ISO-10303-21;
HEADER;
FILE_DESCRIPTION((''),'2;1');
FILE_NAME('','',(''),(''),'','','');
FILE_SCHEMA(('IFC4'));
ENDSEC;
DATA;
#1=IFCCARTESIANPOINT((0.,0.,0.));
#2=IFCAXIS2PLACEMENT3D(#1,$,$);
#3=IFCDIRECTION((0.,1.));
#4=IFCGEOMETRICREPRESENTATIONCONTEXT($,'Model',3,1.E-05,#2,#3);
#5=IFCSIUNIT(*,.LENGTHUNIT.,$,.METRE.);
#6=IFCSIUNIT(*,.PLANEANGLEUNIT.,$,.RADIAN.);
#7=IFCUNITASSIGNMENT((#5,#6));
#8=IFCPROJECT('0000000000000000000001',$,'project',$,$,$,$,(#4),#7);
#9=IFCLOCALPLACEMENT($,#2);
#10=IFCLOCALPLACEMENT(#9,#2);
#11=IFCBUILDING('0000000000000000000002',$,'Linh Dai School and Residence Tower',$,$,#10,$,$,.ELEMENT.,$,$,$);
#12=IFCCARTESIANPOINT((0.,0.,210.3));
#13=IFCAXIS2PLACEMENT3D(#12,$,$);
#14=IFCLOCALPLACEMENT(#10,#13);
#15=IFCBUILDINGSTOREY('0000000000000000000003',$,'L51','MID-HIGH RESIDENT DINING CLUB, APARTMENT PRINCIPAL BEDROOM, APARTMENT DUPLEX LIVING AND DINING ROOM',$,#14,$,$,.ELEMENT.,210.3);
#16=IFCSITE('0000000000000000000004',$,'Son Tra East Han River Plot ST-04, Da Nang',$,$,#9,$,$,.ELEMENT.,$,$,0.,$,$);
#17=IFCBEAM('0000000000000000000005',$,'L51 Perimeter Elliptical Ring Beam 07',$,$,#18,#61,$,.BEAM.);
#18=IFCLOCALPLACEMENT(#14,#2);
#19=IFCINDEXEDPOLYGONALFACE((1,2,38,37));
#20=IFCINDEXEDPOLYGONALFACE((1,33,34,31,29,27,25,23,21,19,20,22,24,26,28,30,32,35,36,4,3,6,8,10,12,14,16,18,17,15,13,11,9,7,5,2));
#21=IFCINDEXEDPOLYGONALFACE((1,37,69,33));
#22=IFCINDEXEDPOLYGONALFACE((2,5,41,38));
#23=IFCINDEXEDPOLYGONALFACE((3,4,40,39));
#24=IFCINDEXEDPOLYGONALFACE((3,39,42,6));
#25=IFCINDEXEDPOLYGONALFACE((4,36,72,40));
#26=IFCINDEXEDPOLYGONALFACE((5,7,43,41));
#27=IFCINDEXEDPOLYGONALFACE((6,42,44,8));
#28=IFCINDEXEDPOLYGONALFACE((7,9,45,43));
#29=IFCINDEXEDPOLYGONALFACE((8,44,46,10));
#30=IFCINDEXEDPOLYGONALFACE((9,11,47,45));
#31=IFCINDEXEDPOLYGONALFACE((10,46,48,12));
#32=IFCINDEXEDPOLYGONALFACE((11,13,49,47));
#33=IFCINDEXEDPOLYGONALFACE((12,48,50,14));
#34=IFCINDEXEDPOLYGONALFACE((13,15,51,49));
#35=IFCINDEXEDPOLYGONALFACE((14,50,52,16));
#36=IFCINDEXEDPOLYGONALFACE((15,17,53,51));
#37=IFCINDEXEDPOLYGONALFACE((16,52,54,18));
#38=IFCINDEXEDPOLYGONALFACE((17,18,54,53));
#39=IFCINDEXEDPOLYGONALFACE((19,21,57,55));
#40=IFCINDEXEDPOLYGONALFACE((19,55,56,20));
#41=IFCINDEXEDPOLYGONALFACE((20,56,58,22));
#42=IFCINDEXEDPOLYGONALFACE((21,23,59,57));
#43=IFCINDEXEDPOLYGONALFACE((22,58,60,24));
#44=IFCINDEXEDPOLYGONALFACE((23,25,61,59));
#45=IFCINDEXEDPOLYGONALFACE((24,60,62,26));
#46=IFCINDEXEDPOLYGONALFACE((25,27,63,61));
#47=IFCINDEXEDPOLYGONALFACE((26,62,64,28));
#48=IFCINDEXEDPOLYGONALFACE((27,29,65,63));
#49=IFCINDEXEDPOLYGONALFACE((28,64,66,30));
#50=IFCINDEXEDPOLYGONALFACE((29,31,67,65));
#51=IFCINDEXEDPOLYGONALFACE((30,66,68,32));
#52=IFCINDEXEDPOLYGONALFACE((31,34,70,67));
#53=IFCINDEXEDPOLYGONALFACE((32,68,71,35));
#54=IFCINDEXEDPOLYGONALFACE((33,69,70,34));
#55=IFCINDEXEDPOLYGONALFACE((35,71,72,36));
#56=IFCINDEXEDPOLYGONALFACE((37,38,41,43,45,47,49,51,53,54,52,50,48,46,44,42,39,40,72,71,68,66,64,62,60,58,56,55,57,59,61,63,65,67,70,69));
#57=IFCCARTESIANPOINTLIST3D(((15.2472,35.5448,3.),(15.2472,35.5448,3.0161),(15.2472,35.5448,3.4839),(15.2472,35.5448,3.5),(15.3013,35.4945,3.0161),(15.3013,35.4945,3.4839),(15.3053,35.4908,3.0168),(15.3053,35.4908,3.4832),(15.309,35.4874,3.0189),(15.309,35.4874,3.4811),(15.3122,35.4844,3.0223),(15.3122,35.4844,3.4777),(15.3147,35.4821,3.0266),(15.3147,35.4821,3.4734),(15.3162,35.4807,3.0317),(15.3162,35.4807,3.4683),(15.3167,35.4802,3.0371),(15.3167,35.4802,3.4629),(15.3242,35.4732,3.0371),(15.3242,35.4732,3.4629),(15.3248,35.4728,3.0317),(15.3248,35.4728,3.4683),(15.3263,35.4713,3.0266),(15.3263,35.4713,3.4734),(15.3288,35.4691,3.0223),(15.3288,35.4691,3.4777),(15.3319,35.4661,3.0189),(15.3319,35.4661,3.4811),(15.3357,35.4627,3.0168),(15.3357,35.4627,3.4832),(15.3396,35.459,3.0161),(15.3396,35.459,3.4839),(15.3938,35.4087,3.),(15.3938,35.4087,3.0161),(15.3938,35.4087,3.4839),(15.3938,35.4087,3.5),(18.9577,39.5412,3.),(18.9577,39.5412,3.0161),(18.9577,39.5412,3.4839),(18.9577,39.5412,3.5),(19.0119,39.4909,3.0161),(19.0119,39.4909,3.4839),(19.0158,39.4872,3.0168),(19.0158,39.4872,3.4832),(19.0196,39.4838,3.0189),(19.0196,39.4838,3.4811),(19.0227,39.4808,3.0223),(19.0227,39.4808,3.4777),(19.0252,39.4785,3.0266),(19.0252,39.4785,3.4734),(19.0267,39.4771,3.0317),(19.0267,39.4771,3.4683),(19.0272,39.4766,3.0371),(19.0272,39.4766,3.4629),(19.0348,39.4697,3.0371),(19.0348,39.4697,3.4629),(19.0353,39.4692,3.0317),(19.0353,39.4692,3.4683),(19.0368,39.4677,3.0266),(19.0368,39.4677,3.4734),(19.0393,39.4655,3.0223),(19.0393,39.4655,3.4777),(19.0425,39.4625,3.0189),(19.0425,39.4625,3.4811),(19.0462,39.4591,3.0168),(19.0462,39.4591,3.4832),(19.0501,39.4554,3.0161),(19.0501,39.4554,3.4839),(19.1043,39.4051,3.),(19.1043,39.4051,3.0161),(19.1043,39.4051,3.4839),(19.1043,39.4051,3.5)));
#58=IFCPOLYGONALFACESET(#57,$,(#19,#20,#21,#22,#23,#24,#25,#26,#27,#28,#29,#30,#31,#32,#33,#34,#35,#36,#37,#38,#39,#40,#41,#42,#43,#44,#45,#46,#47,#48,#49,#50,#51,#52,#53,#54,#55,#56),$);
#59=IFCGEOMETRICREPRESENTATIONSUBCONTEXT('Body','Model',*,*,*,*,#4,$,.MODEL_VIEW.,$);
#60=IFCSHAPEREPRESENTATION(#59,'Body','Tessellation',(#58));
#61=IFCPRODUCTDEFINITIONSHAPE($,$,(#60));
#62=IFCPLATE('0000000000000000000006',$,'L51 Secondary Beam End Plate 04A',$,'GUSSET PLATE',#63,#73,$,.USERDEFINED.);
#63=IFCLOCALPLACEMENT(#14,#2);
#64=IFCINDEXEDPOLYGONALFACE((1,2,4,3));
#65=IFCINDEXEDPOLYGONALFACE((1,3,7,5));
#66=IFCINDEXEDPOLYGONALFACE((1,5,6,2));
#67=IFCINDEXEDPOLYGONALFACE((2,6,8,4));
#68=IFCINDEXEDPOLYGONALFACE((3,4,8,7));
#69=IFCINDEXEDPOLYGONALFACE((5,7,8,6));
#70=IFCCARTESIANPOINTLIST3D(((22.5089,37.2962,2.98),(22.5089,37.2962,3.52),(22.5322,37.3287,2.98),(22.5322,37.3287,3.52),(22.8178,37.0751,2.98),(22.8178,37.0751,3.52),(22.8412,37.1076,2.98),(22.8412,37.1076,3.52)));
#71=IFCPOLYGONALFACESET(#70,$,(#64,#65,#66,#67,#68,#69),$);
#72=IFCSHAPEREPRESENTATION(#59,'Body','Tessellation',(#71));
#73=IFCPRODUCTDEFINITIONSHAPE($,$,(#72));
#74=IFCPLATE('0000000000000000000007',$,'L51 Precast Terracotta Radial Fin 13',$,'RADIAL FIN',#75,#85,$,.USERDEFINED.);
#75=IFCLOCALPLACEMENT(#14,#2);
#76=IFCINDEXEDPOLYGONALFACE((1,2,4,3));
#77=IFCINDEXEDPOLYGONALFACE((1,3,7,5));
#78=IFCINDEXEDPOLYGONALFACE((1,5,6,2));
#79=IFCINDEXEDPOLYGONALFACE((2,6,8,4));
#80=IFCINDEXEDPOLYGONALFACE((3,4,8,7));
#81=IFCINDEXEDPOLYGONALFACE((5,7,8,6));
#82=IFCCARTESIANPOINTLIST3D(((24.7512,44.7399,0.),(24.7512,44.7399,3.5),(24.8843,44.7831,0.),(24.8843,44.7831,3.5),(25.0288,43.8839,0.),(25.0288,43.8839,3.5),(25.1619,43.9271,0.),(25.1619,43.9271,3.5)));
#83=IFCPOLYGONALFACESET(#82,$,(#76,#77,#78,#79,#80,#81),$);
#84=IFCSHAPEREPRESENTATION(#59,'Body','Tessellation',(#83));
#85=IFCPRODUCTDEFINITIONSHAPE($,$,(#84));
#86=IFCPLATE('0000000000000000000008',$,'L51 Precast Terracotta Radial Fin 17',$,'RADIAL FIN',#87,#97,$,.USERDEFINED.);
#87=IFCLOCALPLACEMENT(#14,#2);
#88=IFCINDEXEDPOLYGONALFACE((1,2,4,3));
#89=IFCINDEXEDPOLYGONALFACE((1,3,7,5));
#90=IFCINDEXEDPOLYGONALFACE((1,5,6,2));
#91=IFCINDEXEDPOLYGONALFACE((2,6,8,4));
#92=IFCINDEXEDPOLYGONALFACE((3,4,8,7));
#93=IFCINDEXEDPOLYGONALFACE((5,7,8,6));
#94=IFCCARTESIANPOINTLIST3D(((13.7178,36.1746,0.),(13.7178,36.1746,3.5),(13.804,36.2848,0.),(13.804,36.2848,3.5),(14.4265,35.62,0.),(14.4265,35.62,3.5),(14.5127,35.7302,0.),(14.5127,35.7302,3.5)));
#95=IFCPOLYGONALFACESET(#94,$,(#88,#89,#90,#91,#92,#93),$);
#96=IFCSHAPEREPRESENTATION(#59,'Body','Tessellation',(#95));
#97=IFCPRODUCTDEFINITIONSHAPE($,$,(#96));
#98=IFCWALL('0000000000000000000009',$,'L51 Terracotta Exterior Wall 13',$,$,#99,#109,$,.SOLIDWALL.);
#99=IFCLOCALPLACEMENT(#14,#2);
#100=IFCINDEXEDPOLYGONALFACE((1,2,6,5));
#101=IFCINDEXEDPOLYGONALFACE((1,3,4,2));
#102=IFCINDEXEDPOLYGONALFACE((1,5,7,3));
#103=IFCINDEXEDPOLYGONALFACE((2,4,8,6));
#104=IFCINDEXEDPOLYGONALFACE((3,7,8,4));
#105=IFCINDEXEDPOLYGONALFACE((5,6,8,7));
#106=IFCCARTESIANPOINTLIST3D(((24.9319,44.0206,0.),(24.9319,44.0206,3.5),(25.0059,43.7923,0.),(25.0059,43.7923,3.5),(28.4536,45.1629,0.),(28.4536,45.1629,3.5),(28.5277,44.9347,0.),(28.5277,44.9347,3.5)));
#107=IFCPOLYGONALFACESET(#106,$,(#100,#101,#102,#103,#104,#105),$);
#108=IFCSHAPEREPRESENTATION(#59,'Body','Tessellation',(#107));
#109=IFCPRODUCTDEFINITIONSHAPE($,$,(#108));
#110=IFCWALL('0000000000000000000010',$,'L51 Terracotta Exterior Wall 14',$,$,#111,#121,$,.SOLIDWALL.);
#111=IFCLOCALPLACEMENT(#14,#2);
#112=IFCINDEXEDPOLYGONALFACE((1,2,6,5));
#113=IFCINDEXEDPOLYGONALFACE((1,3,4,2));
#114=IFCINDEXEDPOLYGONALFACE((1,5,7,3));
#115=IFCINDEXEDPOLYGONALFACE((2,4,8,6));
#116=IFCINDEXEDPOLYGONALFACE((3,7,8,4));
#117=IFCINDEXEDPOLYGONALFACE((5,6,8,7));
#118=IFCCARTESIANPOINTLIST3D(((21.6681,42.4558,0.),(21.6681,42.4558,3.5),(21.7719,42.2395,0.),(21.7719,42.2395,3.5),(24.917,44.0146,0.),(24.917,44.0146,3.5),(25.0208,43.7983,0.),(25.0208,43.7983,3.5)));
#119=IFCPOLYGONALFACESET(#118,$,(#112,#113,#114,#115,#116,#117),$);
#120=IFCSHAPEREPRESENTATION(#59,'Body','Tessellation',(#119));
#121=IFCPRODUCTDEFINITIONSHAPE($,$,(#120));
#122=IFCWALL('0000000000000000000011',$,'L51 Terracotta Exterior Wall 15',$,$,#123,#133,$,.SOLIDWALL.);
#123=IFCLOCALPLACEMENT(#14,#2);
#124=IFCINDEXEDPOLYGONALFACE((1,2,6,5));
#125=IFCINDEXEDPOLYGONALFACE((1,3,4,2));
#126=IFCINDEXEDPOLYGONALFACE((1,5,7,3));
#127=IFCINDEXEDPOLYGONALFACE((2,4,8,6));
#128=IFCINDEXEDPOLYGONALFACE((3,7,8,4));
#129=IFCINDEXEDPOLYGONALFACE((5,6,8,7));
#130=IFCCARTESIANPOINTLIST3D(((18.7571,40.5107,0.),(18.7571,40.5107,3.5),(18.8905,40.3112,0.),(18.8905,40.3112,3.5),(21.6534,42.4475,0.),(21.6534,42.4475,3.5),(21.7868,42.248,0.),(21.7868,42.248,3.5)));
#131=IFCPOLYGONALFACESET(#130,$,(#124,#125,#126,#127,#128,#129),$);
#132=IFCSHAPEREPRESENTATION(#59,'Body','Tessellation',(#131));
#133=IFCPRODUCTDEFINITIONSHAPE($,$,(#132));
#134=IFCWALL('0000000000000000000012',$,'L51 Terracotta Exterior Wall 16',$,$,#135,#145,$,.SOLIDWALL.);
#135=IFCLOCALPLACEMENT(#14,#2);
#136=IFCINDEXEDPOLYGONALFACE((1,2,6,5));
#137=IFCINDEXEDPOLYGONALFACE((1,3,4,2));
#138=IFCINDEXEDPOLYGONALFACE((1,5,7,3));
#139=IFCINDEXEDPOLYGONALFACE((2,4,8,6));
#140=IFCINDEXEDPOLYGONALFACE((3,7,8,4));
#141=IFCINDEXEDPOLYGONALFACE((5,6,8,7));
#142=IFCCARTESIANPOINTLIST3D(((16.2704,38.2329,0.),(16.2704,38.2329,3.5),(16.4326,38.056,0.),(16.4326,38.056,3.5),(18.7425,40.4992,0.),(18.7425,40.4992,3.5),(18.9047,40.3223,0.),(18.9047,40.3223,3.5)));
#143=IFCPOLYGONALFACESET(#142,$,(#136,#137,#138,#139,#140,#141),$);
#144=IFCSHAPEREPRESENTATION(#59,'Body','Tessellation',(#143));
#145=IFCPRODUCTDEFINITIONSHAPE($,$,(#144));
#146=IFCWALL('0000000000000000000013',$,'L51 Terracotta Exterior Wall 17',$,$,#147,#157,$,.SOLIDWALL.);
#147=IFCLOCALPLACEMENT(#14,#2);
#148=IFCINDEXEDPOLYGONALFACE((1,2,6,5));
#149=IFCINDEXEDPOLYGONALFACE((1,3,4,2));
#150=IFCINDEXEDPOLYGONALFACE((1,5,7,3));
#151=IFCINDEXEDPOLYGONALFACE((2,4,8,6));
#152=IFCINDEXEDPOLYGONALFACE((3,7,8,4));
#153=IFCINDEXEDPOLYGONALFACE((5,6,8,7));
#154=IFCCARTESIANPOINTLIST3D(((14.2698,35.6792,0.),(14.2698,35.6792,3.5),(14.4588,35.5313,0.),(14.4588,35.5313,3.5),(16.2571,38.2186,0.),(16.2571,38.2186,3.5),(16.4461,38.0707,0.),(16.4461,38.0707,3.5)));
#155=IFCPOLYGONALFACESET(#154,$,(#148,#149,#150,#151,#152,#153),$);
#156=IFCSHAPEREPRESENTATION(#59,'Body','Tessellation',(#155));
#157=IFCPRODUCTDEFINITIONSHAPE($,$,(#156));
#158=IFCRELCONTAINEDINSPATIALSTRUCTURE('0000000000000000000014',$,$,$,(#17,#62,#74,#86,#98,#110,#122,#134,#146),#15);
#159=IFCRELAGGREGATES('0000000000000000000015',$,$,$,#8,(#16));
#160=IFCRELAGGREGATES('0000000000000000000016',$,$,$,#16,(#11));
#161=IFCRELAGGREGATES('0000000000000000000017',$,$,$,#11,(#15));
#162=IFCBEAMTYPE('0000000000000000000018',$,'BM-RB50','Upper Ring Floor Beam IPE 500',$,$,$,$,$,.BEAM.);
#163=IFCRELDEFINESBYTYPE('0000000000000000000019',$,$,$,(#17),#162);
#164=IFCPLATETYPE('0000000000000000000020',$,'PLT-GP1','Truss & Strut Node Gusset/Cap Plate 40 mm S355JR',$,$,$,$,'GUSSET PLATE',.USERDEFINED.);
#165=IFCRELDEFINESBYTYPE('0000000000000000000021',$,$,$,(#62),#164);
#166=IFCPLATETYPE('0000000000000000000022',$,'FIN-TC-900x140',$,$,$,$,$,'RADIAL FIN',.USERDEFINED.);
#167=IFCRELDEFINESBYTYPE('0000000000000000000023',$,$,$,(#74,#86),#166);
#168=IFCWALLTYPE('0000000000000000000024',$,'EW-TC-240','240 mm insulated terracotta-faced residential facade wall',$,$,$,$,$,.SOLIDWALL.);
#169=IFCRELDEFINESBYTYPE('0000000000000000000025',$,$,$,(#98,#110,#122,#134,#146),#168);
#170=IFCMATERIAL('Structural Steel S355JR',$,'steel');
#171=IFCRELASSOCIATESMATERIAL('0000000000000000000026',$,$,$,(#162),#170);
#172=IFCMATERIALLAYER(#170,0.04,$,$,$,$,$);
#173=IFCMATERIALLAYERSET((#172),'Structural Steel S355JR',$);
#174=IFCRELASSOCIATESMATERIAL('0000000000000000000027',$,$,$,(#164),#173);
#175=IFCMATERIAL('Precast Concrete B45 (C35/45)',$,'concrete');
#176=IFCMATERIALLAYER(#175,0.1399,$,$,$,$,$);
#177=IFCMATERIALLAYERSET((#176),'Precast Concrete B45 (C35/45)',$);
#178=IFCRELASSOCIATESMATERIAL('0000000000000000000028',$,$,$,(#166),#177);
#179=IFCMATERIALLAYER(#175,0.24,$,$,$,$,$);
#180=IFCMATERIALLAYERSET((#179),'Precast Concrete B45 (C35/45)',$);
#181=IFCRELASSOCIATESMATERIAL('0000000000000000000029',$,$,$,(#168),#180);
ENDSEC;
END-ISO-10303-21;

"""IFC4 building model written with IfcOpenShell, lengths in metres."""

from ifc_helpers import new_model, si_unit, direction, frame, frame_2d, origin, origin_2d, place, context, subcontext, project, spatial, rectangle, i_section, extrude, source, transform, mapped, material, layer, layer_set, material_profile, profile_set, type_object, element, save


model = new_model("IFC4")

# Units and contexts
model_context = context("Model", 3, precision=1e-05, world=origin(), true_north=direction((0.0, 1.0)))
body_context = subcontext(model_context, "Body", "Model", "MODEL_VIEW")
ifc_project = project(units=[si_unit("LENGTHUNIT", "METRE"), si_unit("PLANEANGLEUNIT", "RADIAN")], contexts=[model_context])

# Site, building, storey
site_placement = place(None, origin())
site = spatial("IfcSite", under=ifc_project, at=site_placement, Name="Son Tra East Han River Plot ST-04, Da Nang", CompositionType="ELEMENT", RefElevation=0.0)
building_placement = place(site_placement, origin())
building = spatial("IfcBuilding", under=site, at=building_placement, Name="Linh Dai School and Residence Tower", CompositionType="ELEMENT")
storey_placement = place(building_placement, frame((0.0, 0.0, 210.3)))
storey = spatial("IfcBuildingStorey", under=building, at=storey_placement, Name="L51", Description="MID-HIGH RESIDENT DINING CLUB, APARTMENT PRINCIPAL BEDROOM, APARTMENT DUPLEX LIVING AND DINING ROOM", CompositionType="ELEMENT", Elevation=210.3)

# Shared definitions
ifc_material_1 = material(Name="Structural Steel S355JR", Category="steel")

# Beam
ifc_material_profile_1 = material_profile(ifc_material_1, i_section(OverallWidth=0.2, OverallDepth=0.5, WebThickness=0.0103, FlangeThickness=0.0161, FilletRadius=0.021, at=origin_2d()), Name="IPE 500")
ifc_profile_set_1 = profile_set([ifc_material_profile_1], Name="Structural Steel S355JR")
beam_type_1 = type_object("IfcBeamType", Name="BM-RB50", Description="Upper Ring Floor Beam IPE 500", PredefinedType="BEAM", material=ifc_profile_set_1)
beam_1_placement = place(storey_placement, frame((19.031, 39.4731, 3.25), z_axis=(-0.680408, -0.732833, 0.0), x_axis=(0.732833, -0.680408, 0.0)))
element("IfcBeam", 1, at=beam_1_placement, inside=storey, type_object=beam_type_1, Name="L51 Perimeter Elliptical Ring Beam 07", PredefinedType="BEAM", context=body_context, shape_type="SweptSolid", body=[
    extrude(i_section(OverallWidth=0.2, OverallDepth=0.5, WebThickness=0.0103, FlangeThickness=0.0161, FilletRadius=0.021, at=origin_2d()), origin(), (0.0, 0.0, 1.0), 5.4534),
])

# Plates
ifc_layer_1 = layer(ifc_material_1, 0.04)
ifc_layer_set_1 = layer_set([ifc_layer_1], Name="Structural Steel S355JR")
plate_type_1 = type_object("IfcPlateType", Name="PLT-GP1", Description="Truss & Strut Node Gusset/Cap Plate 40 mm S355JR", ElementType="GUSSET PLATE", PredefinedType="USERDEFINED", material=ifc_layer_set_1)
shared_shape_1 = source(origin(), body_context, "Body", "SweptSolid", [
    extrude(rectangle(XDim=0.04, YDim=0.3799, at=origin_2d()), origin(), (0.0, 0.0, 1.0), 0.54),
])
plate_placement = place(storey_placement, frame((22.675, 37.2019, 2.98), z_axis=(0.0, 0.0, 1.0), x_axis=(-0.58204, -0.81316, 0.0)))
element("IfcPlate", 2, at=plate_placement, inside=storey, type_object=plate_type_1, Name="L51 Secondary Beam End Plate 04A", ObjectType="GUSSET PLATE", PredefinedType="USERDEFINED", context=body_context, shape_type="MappedRepresentation", body=[
    mapped(shared_shape_1, transform((0.0, 0.0, 0.0), x_axis=(1.0, 0.0, 0.0), y_axis=(0.0, 1.0, 0.0), z_axis=(0.0, 0.0, 1.0), scale=1.0)),
])
ifc_material_2 = material(Name="Precast Concrete B45 (C35/45)", Category="concrete")
ifc_layer_2 = layer(ifc_material_2, 0.1399)
ifc_layer_set_2 = layer_set([ifc_layer_2], Name="Precast Concrete B45 (C35/45)")
plate_type_2 = type_object("IfcPlateType", Name="FIN-TC-900x140", ElementType="RADIAL FIN", PredefinedType="USERDEFINED", material=ifc_layer_set_2)
shared_shape_2 = source(origin(), body_context, "Body", "SweptSolid", [
    extrude(rectangle(XDim=0.8999, YDim=0.1399, at=origin_2d()), origin(), (0.0, 0.0, 1.0), 3.5),
])
for number, where, z_axis, x_axis, name in (
    (3, (24.9565, 44.3335, 0.0), (0.0, 0.0, 1.0), (-0.308501, 0.951224, 0.0), "L51 Precast Terracotta Radial Fin 13"),
    (4, (14.1152, 35.9524, 0.0), (0.0, 0.0, 1.0), (-0.787487, 0.616332, 0.0), "L51 Precast Terracotta Radial Fin 17"),
):
    element("IfcPlate", number, at=place(storey_placement, frame(where, z_axis=z_axis, x_axis=x_axis)), inside=storey, type_object=plate_type_2, Name=name, ObjectType="RADIAL FIN", PredefinedType="USERDEFINED", context=body_context, shape_type="MappedRepresentation", body=[
        mapped(shared_shape_2, transform((0.0, 0.0, 0.0), x_axis=(1.0, 0.0, 0.0), y_axis=(0.0, 1.0, 0.0), z_axis=(0.0, 0.0, 1.0), scale=1.0)),
    ])

# Walls
ifc_layer_3 = layer(ifc_material_2, 0.24)
ifc_layer_set_3 = layer_set([ifc_layer_3], Name="Precast Concrete B45 (C35/45)")
wall_type_1 = type_object("IfcWallType", Name="EW-TC-240", Description="240 mm insulated terracotta-faced residential facade wall", PredefinedType="SOLIDWALL", material=ifc_layer_set_3)
wall_1_placement = place(storey_placement, frame((24.969, 43.9065, 0.0), z_axis=(0.0, 0.0, 1.0), x_axis=(0.951211, 0.308542, 0.0)))
element("IfcWall", 5, at=wall_1_placement, inside=storey, type_object=wall_type_1, Name="L51 Terracotta Exterior Wall 13", PredefinedType="SOLIDWALL", context=body_context, shape_type="SweptSolid", body=[
    extrude(rectangle(XDim=3.7024, YDim=0.24, at=frame_2d((1.8511, 0.0))), origin(), (0.0, 0.0, 1.0), 3.5),
])
wall_2_placement = place(storey_placement, frame((21.72, 42.3477, 0.0), z_axis=(0.0, 0.0, 1.0), x_axis=(0.901598, 0.432575, 0.0)))
element("IfcWall", 6, at=wall_2_placement, inside=storey, type_object=wall_type_1, Name="L51 Terracotta Exterior Wall 14", PredefinedType="SOLIDWALL", context=body_context, shape_type="SweptSolid", body=[
    extrude(rectangle(XDim=3.6035, YDim=0.24, at=frame_2d((1.8018, 0.0))), origin(), (0.0, 0.0, 1.0), 3.5),
])
wall_3_placement = place(storey_placement, frame((18.8237, 40.4109, 0.0), z_axis=(0.0, 0.0, 1.0), x_axis=(0.831262, 0.55588, 0.0)))
element("IfcWall", 7, at=wall_3_placement, inside=storey, type_object=wall_type_1, Name="L51 Terracotta Exterior Wall 15", PredefinedType="SOLIDWALL", context=body_context, shape_type="SweptSolid", body=[
    extrude(rectangle(XDim=3.4841, YDim=0.24, at=frame_2d((1.7422, 0.0))), origin(), (0.0, 0.0, 1.0), 3.5),
])
wall_4_placement = place(storey_placement, frame((16.3516, 38.1445, 0.0), z_axis=(0.0, 0.0, 1.0), x_axis=(0.737124, 0.675758, 0.0)))
element("IfcWall", 8, at=wall_4_placement, inside=storey, type_object=wall_type_1, Name="L51 Terracotta Exterior Wall 16", PredefinedType="SOLIDWALL", context=body_context, shape_type="SweptSolid", body=[
    extrude(rectangle(XDim=3.3538, YDim=0.24, at=frame_2d((1.6768, 0.0))), origin(), (0.0, 0.0, 1.0), 3.5),
])
wall_5_placement = place(storey_placement, frame((14.3643, 35.6052, 0.0), z_axis=(0.0, 0.0, 1.0), x_axis=(0.616312, 0.787502, 0.0)))
element("IfcWall", 9, at=wall_5_placement, inside=storey, type_object=wall_type_1, Name="L51 Terracotta Exterior Wall 17", PredefinedType="SOLIDWALL", context=body_context, shape_type="SweptSolid", body=[
    extrude(rectangle(XDim=3.2246, YDim=0.24, at=frame_2d((1.6123, 0.0))), origin(), (0.0, 0.0, 1.0), 3.5),
])

save(model, "model.ifc")
